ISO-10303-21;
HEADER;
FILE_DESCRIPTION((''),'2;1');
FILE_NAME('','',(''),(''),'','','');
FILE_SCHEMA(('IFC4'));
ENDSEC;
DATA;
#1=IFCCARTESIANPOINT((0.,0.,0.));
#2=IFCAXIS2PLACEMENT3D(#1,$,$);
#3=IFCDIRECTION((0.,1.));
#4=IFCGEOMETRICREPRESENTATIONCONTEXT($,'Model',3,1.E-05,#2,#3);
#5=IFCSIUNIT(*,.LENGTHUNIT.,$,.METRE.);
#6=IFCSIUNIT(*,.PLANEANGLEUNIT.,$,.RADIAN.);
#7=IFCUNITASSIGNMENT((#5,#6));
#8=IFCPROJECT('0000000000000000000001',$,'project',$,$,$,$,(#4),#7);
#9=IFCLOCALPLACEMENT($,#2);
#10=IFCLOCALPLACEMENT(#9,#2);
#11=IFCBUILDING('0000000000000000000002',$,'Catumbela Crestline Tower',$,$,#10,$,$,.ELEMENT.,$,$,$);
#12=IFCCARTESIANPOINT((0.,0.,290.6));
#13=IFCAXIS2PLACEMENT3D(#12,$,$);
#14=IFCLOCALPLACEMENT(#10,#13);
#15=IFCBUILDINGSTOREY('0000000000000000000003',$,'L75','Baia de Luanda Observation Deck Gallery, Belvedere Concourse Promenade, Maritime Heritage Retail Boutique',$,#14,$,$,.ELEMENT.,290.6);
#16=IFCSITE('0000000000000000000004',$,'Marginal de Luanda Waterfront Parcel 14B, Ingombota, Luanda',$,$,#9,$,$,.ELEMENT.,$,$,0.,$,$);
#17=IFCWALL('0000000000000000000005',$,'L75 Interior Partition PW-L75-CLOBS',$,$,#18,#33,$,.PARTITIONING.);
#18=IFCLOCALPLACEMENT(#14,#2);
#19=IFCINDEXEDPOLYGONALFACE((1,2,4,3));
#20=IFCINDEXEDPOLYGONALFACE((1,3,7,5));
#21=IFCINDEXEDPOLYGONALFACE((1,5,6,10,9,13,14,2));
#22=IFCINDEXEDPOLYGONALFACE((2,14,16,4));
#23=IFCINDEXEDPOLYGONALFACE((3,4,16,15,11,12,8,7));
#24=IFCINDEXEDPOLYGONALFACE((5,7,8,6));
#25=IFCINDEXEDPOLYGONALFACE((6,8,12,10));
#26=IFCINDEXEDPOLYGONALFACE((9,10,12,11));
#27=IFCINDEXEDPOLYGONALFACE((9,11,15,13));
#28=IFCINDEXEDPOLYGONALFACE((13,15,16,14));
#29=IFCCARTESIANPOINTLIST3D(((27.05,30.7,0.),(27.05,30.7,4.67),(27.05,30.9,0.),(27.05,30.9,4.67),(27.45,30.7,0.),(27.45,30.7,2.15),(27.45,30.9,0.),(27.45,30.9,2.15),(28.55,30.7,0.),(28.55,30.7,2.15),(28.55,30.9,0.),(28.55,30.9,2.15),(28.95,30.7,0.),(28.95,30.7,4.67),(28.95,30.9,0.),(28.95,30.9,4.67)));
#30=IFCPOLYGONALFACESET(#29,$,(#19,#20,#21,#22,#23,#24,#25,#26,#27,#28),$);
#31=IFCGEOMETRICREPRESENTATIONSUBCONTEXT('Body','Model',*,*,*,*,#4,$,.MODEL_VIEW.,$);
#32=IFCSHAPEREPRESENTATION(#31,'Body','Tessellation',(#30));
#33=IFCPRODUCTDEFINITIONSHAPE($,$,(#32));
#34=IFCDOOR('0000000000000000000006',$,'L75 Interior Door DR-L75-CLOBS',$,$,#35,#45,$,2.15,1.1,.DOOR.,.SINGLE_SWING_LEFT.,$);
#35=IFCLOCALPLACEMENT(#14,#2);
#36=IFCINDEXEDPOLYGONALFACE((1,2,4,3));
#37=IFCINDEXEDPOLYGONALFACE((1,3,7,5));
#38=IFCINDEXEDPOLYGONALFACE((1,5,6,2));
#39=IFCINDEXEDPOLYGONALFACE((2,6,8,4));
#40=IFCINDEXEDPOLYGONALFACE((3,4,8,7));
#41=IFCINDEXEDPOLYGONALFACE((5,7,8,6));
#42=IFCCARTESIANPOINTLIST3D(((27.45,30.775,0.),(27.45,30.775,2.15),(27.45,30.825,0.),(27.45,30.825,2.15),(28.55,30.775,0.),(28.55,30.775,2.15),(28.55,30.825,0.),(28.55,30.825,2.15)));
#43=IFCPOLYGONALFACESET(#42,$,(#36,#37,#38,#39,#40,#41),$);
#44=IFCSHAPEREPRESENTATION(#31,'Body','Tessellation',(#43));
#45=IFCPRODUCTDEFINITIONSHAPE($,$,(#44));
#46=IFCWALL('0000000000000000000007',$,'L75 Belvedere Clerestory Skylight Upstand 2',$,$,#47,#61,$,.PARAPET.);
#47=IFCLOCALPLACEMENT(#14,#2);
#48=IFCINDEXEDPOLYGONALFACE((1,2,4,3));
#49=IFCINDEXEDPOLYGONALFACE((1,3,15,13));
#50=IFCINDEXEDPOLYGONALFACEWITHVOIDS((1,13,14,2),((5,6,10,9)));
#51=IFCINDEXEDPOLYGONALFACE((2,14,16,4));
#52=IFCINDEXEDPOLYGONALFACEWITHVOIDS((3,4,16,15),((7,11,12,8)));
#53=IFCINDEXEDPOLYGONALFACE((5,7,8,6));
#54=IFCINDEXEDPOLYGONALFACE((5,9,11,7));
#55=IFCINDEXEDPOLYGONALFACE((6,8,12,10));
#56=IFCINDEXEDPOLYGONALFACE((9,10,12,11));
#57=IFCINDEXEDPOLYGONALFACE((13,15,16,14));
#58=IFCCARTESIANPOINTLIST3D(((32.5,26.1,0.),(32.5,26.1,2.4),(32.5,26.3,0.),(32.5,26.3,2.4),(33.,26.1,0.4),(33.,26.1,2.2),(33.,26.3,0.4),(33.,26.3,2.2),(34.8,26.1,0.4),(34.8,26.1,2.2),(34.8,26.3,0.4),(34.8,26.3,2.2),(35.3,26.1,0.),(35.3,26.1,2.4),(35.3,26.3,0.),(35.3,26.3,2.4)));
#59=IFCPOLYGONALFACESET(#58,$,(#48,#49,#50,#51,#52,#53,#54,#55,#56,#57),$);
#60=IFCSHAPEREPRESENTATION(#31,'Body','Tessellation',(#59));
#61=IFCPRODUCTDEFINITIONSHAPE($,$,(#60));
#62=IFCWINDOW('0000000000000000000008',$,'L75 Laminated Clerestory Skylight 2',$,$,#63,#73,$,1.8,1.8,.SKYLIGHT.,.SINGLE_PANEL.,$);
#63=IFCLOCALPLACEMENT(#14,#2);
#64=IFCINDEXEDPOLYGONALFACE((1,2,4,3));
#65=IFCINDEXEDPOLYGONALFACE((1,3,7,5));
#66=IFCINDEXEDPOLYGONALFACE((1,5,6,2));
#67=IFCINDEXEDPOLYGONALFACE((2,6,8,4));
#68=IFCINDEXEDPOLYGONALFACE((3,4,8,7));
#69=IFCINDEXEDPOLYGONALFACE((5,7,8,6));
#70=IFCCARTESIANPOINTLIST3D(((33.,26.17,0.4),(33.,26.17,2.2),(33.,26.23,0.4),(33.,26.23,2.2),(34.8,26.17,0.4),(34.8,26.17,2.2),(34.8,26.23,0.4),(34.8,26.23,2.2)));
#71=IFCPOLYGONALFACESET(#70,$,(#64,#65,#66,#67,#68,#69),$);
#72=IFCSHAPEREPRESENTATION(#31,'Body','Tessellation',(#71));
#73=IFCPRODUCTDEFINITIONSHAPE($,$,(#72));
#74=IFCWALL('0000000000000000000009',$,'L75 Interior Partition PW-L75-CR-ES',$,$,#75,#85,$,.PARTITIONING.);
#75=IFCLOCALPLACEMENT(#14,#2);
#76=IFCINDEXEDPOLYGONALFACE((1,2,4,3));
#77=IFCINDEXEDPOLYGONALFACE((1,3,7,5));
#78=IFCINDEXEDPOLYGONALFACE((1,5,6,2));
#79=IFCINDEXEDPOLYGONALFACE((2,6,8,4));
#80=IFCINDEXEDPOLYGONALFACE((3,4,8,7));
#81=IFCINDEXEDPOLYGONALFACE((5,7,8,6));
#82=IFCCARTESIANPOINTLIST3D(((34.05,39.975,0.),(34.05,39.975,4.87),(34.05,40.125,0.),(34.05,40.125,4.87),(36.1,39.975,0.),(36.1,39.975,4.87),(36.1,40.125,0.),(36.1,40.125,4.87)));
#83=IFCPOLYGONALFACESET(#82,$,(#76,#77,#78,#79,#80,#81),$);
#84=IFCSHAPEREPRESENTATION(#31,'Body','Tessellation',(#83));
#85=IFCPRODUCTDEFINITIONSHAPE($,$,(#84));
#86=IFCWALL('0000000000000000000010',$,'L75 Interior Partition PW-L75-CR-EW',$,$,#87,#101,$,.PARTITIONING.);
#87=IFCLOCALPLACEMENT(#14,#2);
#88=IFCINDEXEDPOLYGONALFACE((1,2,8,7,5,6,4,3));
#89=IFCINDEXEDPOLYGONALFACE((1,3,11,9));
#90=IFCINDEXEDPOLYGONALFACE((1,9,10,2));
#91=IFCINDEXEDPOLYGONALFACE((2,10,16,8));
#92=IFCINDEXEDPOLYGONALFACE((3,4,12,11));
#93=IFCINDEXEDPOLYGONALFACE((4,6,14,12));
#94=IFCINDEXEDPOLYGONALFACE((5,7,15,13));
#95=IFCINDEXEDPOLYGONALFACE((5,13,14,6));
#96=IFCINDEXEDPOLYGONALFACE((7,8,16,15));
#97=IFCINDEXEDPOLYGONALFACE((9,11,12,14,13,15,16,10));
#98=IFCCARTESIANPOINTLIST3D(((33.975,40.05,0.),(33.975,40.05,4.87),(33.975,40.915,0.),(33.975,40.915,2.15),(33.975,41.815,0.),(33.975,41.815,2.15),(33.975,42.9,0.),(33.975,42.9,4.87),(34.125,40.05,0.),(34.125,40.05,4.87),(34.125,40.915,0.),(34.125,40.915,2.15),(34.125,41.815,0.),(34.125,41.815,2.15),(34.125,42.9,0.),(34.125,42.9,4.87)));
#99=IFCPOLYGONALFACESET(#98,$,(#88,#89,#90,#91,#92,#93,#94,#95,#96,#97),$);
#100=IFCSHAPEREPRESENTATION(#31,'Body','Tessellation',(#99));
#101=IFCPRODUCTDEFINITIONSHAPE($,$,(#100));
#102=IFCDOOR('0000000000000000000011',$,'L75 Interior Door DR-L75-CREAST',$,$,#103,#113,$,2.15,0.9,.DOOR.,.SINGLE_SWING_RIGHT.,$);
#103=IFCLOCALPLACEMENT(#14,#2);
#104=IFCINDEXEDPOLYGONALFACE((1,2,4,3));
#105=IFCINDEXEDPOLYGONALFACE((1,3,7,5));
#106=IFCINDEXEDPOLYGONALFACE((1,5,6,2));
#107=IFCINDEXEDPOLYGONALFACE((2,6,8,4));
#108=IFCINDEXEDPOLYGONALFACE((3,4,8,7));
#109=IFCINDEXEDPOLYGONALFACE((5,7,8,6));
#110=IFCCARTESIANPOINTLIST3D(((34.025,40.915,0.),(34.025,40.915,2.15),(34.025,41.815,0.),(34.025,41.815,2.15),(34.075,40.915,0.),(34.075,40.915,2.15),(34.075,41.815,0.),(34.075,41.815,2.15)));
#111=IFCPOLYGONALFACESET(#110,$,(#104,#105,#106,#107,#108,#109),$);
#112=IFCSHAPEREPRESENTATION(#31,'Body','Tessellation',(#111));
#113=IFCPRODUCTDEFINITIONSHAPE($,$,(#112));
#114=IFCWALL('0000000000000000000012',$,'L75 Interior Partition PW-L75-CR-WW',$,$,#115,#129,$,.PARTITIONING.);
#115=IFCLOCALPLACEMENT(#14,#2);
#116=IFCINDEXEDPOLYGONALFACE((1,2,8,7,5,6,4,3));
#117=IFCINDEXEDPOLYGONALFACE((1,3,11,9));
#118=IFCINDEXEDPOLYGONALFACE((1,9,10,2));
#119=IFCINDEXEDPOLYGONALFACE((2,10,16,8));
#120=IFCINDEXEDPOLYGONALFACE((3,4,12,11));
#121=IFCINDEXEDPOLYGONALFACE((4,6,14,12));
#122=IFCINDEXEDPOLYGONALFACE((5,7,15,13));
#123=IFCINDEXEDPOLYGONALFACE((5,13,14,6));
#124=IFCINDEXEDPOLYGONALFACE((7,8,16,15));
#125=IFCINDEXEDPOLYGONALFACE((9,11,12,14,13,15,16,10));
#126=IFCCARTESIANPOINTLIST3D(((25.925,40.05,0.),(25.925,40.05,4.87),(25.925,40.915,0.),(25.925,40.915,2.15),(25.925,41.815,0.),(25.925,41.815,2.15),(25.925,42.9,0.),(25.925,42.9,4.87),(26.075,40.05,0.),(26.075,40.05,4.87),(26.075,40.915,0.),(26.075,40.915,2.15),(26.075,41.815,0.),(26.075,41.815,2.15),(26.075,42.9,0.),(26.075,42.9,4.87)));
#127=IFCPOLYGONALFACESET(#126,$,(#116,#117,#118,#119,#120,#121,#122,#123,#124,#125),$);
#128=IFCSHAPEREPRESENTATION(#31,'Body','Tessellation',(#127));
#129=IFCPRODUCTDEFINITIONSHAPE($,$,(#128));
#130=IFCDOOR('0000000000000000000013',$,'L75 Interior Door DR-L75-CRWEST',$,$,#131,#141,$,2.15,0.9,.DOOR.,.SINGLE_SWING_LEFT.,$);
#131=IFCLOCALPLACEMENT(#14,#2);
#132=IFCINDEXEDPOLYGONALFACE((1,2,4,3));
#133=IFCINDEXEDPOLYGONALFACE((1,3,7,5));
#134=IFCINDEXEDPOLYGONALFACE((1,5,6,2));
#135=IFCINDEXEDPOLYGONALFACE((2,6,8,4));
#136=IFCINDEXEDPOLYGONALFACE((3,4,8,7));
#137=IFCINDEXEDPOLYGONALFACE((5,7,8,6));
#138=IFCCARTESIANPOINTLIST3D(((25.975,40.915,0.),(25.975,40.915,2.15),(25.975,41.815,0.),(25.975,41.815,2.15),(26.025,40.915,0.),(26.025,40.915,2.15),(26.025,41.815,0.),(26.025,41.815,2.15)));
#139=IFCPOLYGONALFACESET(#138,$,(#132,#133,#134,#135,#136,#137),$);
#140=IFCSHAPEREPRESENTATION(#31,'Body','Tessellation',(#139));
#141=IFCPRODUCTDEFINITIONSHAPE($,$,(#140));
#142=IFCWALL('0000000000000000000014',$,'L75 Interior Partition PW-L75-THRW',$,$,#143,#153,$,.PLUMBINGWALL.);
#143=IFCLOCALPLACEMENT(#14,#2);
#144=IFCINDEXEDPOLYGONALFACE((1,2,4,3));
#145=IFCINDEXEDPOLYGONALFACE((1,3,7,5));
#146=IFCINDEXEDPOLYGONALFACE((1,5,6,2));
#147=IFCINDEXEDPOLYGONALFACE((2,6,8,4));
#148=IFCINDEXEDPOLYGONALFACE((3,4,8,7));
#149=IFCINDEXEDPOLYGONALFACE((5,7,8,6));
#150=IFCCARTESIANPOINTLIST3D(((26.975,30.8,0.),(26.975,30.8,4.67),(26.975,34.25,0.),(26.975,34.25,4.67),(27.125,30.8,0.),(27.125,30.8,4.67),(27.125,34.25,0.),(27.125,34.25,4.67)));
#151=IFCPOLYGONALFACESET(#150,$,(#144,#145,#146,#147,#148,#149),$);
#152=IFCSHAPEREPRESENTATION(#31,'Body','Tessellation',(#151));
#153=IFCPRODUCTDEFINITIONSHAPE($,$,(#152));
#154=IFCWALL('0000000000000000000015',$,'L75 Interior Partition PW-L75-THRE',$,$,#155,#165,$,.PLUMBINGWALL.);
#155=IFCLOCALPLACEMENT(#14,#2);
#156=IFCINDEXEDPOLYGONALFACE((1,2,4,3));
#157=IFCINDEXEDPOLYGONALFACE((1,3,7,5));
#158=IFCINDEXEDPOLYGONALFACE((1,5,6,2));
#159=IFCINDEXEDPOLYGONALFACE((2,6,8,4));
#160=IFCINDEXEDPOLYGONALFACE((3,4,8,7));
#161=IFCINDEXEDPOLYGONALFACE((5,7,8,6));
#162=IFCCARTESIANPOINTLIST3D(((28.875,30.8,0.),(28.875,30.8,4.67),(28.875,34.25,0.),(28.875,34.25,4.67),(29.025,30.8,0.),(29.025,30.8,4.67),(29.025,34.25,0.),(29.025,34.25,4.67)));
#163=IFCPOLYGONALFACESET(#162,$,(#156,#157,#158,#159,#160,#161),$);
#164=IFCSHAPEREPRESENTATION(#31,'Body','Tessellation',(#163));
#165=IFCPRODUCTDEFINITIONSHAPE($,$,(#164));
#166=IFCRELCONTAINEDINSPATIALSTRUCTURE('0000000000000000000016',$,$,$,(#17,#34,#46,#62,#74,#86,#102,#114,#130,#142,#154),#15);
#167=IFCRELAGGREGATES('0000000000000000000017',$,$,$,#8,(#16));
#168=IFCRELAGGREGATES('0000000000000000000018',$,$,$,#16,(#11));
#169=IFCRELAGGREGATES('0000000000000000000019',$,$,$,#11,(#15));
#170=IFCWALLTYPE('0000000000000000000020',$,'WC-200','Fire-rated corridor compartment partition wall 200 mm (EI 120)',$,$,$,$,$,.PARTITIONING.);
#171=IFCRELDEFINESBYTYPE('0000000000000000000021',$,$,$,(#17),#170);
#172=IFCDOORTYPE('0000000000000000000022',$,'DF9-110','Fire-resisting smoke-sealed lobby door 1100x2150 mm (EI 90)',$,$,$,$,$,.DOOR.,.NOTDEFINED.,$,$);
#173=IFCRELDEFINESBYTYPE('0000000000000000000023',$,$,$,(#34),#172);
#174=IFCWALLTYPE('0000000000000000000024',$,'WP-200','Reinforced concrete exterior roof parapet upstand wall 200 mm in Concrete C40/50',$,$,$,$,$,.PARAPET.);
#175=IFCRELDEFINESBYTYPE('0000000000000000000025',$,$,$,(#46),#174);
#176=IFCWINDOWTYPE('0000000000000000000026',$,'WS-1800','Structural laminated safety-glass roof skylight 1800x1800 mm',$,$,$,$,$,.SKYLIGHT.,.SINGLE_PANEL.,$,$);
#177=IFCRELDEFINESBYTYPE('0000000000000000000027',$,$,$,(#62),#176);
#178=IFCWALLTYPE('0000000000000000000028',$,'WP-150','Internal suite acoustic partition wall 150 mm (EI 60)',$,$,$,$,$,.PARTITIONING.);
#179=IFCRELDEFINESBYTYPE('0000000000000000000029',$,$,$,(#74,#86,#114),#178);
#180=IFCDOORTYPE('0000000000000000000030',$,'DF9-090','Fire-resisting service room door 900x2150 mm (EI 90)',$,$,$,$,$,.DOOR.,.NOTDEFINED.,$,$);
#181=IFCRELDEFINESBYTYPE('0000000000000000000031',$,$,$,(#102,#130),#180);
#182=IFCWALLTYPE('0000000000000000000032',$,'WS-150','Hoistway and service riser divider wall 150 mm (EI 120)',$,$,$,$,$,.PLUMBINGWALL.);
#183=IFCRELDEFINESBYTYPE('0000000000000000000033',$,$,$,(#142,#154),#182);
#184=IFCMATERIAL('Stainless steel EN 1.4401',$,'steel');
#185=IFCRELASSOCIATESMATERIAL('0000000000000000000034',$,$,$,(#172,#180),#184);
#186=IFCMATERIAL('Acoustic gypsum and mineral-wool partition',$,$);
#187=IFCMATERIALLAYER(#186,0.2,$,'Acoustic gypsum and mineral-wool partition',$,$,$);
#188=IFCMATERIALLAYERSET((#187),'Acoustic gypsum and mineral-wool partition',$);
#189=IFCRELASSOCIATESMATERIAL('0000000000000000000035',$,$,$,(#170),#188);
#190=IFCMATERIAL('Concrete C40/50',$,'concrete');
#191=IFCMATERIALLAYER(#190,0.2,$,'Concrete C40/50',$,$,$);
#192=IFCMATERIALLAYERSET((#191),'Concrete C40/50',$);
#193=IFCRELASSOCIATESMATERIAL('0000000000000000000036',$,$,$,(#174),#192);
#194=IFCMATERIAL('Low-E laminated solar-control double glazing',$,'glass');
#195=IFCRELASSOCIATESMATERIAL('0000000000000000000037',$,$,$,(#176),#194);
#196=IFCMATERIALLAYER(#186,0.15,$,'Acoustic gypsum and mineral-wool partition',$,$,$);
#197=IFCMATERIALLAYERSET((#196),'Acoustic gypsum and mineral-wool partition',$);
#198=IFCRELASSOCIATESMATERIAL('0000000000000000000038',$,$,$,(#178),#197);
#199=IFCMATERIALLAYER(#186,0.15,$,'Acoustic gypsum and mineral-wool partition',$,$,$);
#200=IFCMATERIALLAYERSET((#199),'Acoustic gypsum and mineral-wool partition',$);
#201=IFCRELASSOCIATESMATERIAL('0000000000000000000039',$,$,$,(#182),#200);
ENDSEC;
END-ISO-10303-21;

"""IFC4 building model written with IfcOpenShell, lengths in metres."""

from ifc_helpers import new_model, si_unit, direction, frame, frame_2d, origin, place, context, subcontext, project, spatial, rectangle, extrude, material, layer, layer_set, type_object, element, fill, save


model = new_model("IFC4")

# Units and contexts
model_context = context("Model", 3, precision=1e-05, world=origin(), true_north=direction((0.0, 1.0)))
body_context = subcontext(model_context, "Body", "Model", "MODEL_VIEW")
ifc_project = project(units=[si_unit("LENGTHUNIT", "METRE"), si_unit("PLANEANGLEUNIT", "RADIAN")], contexts=[model_context])

# Site, building, storey
site_placement = place(None, origin())
site = spatial("IfcSite", under=ifc_project, at=site_placement, Name="Marginal de Luanda Waterfront Parcel 14B, Ingombota, Luanda", CompositionType="ELEMENT", RefElevation=0.0)
building_placement = place(site_placement, origin())
building = spatial("IfcBuilding", under=site, at=building_placement, Name="Catumbela Crestline Tower", CompositionType="ELEMENT")
storey_placement = place(building_placement, frame((0.0, 0.0, 290.6)))
storey = spatial("IfcBuildingStorey", under=building, at=storey_placement, Name="L75", Description="Baia de Luanda Observation Deck Gallery, Belvedere Concourse Promenade, Maritime Heritage Retail Boutique", CompositionType="ELEMENT", Elevation=290.6)

# Shared definitions
ifc_material_1 = material(Name="Stainless steel EN 1.4401", Category="steel")

# Wall, opening, door
door_type_1 = type_object("IfcDoorType", Name="DF9-110", Description="Fire-resisting smoke-sealed lobby door 1100x2150 mm (EI 90)", OperationType="NOTDEFINED", PredefinedType="DOOR", material=ifc_material_1)
ifc_material_2 = material(Name="Acoustic gypsum and mineral-wool partition")
ifc_layer_1 = layer(ifc_material_2, 0.2, Name="Acoustic gypsum and mineral-wool partition")
ifc_layer_set_1 = layer_set([ifc_layer_1], Name="Acoustic gypsum and mineral-wool partition")
wall_type_1 = type_object("IfcWallType", Name="WC-200", Description="Fire-rated corridor compartment partition wall 200 mm (EI 120)", PredefinedType="PARTITIONING", material=ifc_layer_set_1)
wall_1_placement = place(storey_placement, frame((27.05, 30.8, 0.0), z_axis=(0.0, 0.0, 1.0), x_axis=(1.0, 0.0, 0.0)))
wall_1 = element("IfcWall", 1, at=wall_1_placement, inside=storey, type_object=wall_type_1, Name="L75 Interior Partition PW-L75-CLOBS", PredefinedType="PARTITIONING", context=body_context, shape_type="SweptSolid", body=[
    extrude(rectangle(XDim=1.9, YDim=0.2, at=frame_2d((0.95, 0.0))), origin(), (0.0, 0.0, 1.0), 4.67),
])
opening_1_placement = place(wall_1_placement, frame((0.4, 0.0, 0.0)))
opening_1 = element("IfcOpeningElement", 2, at=opening_1_placement, cuts=wall_1, PredefinedType="OPENING", context=body_context, shape_type="SweptSolid", body=[
    extrude(rectangle(XDim=1.1, YDim=2.15, at=frame_2d((0.55, 1.075))), frame((0.0, 0.11, 0.0), z_axis=(0.0, -1.0, 0.0), x_axis=(1.0, 0.0, 0.0)), (0.0, 0.0, 1.0), 0.22),
])
door_1_placement = place(opening_1_placement, origin())
door_1 = element("IfcDoor", 3, at=door_1_placement, inside=storey, type_object=door_type_1, Name="L75 Interior Door DR-L75-CLOBS", OperationType="SINGLE_SWING_LEFT", OverallHeight=2.15, OverallWidth=1.1, PredefinedType="DOOR", context=body_context, shape_type="SweptSolid", body=[
    extrude(rectangle(XDim=1.1, YDim=2.15, at=frame_2d((0.55, 1.075))), frame((0.0, 0.025, 0.0), z_axis=(0.0, -1.0, 0.0), x_axis=(1.0, 0.0, 0.0)), (0.0, 0.0, 1.0), 0.05),
])
fill(opening_1, door_1)

# Wall, opening, window
ifc_material_3 = material(Name="Concrete C40/50", Category="concrete")
ifc_layer_2 = layer(ifc_material_3, 0.2, Name="Concrete C40/50")
ifc_layer_set_2 = layer_set([ifc_layer_2], Name="Concrete C40/50")
wall_type_2 = type_object("IfcWallType", Name="WP-200", Description="Reinforced concrete exterior roof parapet upstand wall 200 mm in Concrete C40/50", PredefinedType="PARAPET", material=ifc_layer_set_2)
wall_2_placement = place(storey_placement, frame((32.5, 26.2, 0.0), z_axis=(0.0, 0.0, 1.0), x_axis=(1.0, 0.0, 0.0)))
wall_2 = element("IfcWall", 4, at=wall_2_placement, inside=storey, type_object=wall_type_2, Name="L75 Belvedere Clerestory Skylight Upstand 2", PredefinedType="PARAPET", context=body_context, shape_type="SweptSolid", body=[
    extrude(rectangle(XDim=2.8, YDim=0.2, at=frame_2d((1.4, 0.0))), origin(), (0.0, 0.0, 1.0), 2.4),
])
opening_2_placement = place(wall_2_placement, frame((0.5, 0.0, 0.4)))
opening_2 = element("IfcOpeningElement", 5, at=opening_2_placement, cuts=wall_2, PredefinedType="OPENING", context=body_context, shape_type="SweptSolid", body=[
    extrude(rectangle(XDim=1.8, YDim=1.8, at=frame_2d((0.9, 0.9))), frame((0.0, 0.11, 0.0), z_axis=(0.0, -1.0, 0.0), x_axis=(1.0, 0.0, 0.0)), (0.0, 0.0, 1.0), 0.22),
])
ifc_material_4 = material(Name="Low-E laminated solar-control double glazing", Category="glass")
window_type = type_object("IfcWindowType", Name="WS-1800", Description="Structural laminated safety-glass roof skylight 1800x1800 mm", PartitioningType="SINGLE_PANEL", PredefinedType="SKYLIGHT", material=ifc_material_4)
window_placement = place(opening_2_placement, origin())
window = element("IfcWindow", 6, at=window_placement, inside=storey, type_object=window_type, Name="L75 Laminated Clerestory Skylight 2", OverallHeight=1.8, OverallWidth=1.8, PartitioningType="SINGLE_PANEL", PredefinedType="SKYLIGHT", context=body_context, shape_type="SweptSolid", body=[
    extrude(rectangle(XDim=1.8, YDim=1.8, at=frame_2d((0.9, 0.9))), frame((0.0, 0.03, 0.0), z_axis=(0.0, -1.0, 0.0), x_axis=(1.0, 0.0, 0.0)), (0.0, 0.0, 1.0), 0.06),
])
fill(opening_2, window)

# Wall
ifc_layer_3 = layer(ifc_material_2, 0.15, Name="Acoustic gypsum and mineral-wool partition")
ifc_layer_set_3 = layer_set([ifc_layer_3], Name="Acoustic gypsum and mineral-wool partition")
wall_type_3 = type_object("IfcWallType", Name="WP-150", Description="Internal suite acoustic partition wall 150 mm (EI 60)", PredefinedType="PARTITIONING", material=ifc_layer_set_3)
wall_3_placement = place(storey_placement, frame((34.05, 40.05, 0.0), z_axis=(0.0, 0.0, 1.0), x_axis=(1.0, 0.0, 0.0)))
element("IfcWall", 7, at=wall_3_placement, inside=storey, type_object=wall_type_3, Name="L75 Interior Partition PW-L75-CR-ES", PredefinedType="PARTITIONING", context=body_context, shape_type="SweptSolid", body=[
    extrude(rectangle(XDim=2.05, YDim=0.15, at=frame_2d((1.025, 0.0))), origin(), (0.0, 0.0, 1.0), 4.87),
])

# Walls, openings, doors
wall_4_placement = place(storey_placement, frame((34.05, 40.05, 0.0), z_axis=(0.0, 0.0, 1.0), x_axis=(0.0, 1.0, 0.0)))
wall_4 = element("IfcWall", 8, at=wall_4_placement, inside=storey, type_object=wall_type_3, Name="L75 Interior Partition PW-L75-CR-EW", PredefinedType="PARTITIONING", context=body_context, shape_type="SweptSolid", body=[
    extrude(rectangle(XDim=2.85, YDim=0.15, at=frame_2d((1.425, 0.0))), origin(), (0.0, 0.0, 1.0), 4.87),
])
opening_3_placement = place(wall_4_placement, frame((0.865, 0.0, 0.0)))
opening_3 = element("IfcOpeningElement", 9, at=opening_3_placement, cuts=wall_4, PredefinedType="OPENING", context=body_context, shape_type="SweptSolid", body=[
    extrude(rectangle(XDim=0.9, YDim=2.15, at=frame_2d((0.45, 1.075))), frame((0.0, 0.085, 0.0), z_axis=(0.0, -1.0, 0.0), x_axis=(1.0, 0.0, 0.0)), (0.0, 0.0, 1.0), 0.17),
])
door_type_2 = type_object("IfcDoorType", Name="DF9-090", Description="Fire-resisting service room door 900x2150 mm (EI 90)", OperationType="NOTDEFINED", PredefinedType="DOOR", material=ifc_material_1)
door_2_placement = place(opening_3_placement, origin())
door_2 = element("IfcDoor", 10, at=door_2_placement, inside=storey, type_object=door_type_2, Name="L75 Interior Door DR-L75-CREAST", OperationType="SINGLE_SWING_RIGHT", OverallHeight=2.15, OverallWidth=0.9, PredefinedType="DOOR", context=body_context, shape_type="SweptSolid", body=[
    extrude(rectangle(XDim=0.9, YDim=2.15, at=frame_2d((0.45, 1.075))), frame((0.0, 0.025, 0.0), z_axis=(0.0, -1.0, 0.0), x_axis=(1.0, 0.0, 0.0)), (0.0, 0.0, 1.0), 0.05),
])
fill(opening_3, door_2)
wall_5_placement = place(storey_placement, frame((26.0, 40.05, 0.0), z_axis=(0.0, 0.0, 1.0), x_axis=(0.0, 1.0, 0.0)))
wall_5 = element("IfcWall", 11, at=wall_5_placement, inside=storey, type_object=wall_type_3, Name="L75 Interior Partition PW-L75-CR-WW", PredefinedType="PARTITIONING", context=body_context, shape_type="SweptSolid", body=[
    extrude(rectangle(XDim=2.85, YDim=0.15, at=frame_2d((1.425, 0.0))), origin(), (0.0, 0.0, 1.0), 4.87),
])
opening_4_placement = place(wall_5_placement, frame((0.865, 0.0, 0.0)))
opening_4 = element("IfcOpeningElement", 12, at=opening_4_placement, cuts=wall_5, PredefinedType="OPENING", context=body_context, shape_type="SweptSolid", body=[
    extrude(rectangle(XDim=0.9, YDim=2.15, at=frame_2d((0.45, 1.075))), frame((0.0, 0.085, 0.0), z_axis=(0.0, -1.0, 0.0), x_axis=(1.0, 0.0, 0.0)), (0.0, 0.0, 1.0), 0.17),
])
door_3_placement = place(opening_4_placement, origin())
door_3 = element("IfcDoor", 13, at=door_3_placement, inside=storey, type_object=door_type_2, Name="L75 Interior Door DR-L75-CRWEST", OperationType="SINGLE_SWING_LEFT", OverallHeight=2.15, OverallWidth=0.9, PredefinedType="DOOR", context=body_context, shape_type="SweptSolid", body=[
    extrude(rectangle(XDim=0.9, YDim=2.15, at=frame_2d((0.45, 1.075))), frame((0.0, 0.025, 0.0), z_axis=(0.0, -1.0, 0.0), x_axis=(1.0, 0.0, 0.0)), (0.0, 0.0, 1.0), 0.05),
])
fill(opening_4, door_3)

# Walls
ifc_layer_4 = layer(ifc_material_2, 0.15, Name="Acoustic gypsum and mineral-wool partition")
ifc_layer_set_4 = layer_set([ifc_layer_4], Name="Acoustic gypsum and mineral-wool partition")
wall_type_4 = type_object("IfcWallType", Name="WS-150", Description="Hoistway and service riser divider wall 150 mm (EI 120)", PredefinedType="PLUMBINGWALL", material=ifc_layer_set_4)
for number, where, z_axis, x_axis, name in (
    (14, (27.05, 30.8, 0.0), (0.0, 0.0, 1.0), (0.0, 1.0, 0.0), "L75 Interior Partition PW-L75-THRW"),
    (15, (28.95, 30.8, 0.0), (0.0, 0.0, 1.0), (0.0, 1.0, 0.0), "L75 Interior Partition PW-L75-THRE"),
):
    element("IfcWall", number, at=place(storey_placement, frame(where, z_axis=z_axis, x_axis=x_axis)), inside=storey, type_object=wall_type_4, Name=name, PredefinedType="PLUMBINGWALL", context=body_context, shape_type="SweptSolid", body=[
        extrude(rectangle(XDim=3.45, YDim=0.15, at=frame_2d((1.725, 0.0))), origin(), (0.0, 0.0, 1.0), 4.67),
    ])

save(model, "model.ifc")
